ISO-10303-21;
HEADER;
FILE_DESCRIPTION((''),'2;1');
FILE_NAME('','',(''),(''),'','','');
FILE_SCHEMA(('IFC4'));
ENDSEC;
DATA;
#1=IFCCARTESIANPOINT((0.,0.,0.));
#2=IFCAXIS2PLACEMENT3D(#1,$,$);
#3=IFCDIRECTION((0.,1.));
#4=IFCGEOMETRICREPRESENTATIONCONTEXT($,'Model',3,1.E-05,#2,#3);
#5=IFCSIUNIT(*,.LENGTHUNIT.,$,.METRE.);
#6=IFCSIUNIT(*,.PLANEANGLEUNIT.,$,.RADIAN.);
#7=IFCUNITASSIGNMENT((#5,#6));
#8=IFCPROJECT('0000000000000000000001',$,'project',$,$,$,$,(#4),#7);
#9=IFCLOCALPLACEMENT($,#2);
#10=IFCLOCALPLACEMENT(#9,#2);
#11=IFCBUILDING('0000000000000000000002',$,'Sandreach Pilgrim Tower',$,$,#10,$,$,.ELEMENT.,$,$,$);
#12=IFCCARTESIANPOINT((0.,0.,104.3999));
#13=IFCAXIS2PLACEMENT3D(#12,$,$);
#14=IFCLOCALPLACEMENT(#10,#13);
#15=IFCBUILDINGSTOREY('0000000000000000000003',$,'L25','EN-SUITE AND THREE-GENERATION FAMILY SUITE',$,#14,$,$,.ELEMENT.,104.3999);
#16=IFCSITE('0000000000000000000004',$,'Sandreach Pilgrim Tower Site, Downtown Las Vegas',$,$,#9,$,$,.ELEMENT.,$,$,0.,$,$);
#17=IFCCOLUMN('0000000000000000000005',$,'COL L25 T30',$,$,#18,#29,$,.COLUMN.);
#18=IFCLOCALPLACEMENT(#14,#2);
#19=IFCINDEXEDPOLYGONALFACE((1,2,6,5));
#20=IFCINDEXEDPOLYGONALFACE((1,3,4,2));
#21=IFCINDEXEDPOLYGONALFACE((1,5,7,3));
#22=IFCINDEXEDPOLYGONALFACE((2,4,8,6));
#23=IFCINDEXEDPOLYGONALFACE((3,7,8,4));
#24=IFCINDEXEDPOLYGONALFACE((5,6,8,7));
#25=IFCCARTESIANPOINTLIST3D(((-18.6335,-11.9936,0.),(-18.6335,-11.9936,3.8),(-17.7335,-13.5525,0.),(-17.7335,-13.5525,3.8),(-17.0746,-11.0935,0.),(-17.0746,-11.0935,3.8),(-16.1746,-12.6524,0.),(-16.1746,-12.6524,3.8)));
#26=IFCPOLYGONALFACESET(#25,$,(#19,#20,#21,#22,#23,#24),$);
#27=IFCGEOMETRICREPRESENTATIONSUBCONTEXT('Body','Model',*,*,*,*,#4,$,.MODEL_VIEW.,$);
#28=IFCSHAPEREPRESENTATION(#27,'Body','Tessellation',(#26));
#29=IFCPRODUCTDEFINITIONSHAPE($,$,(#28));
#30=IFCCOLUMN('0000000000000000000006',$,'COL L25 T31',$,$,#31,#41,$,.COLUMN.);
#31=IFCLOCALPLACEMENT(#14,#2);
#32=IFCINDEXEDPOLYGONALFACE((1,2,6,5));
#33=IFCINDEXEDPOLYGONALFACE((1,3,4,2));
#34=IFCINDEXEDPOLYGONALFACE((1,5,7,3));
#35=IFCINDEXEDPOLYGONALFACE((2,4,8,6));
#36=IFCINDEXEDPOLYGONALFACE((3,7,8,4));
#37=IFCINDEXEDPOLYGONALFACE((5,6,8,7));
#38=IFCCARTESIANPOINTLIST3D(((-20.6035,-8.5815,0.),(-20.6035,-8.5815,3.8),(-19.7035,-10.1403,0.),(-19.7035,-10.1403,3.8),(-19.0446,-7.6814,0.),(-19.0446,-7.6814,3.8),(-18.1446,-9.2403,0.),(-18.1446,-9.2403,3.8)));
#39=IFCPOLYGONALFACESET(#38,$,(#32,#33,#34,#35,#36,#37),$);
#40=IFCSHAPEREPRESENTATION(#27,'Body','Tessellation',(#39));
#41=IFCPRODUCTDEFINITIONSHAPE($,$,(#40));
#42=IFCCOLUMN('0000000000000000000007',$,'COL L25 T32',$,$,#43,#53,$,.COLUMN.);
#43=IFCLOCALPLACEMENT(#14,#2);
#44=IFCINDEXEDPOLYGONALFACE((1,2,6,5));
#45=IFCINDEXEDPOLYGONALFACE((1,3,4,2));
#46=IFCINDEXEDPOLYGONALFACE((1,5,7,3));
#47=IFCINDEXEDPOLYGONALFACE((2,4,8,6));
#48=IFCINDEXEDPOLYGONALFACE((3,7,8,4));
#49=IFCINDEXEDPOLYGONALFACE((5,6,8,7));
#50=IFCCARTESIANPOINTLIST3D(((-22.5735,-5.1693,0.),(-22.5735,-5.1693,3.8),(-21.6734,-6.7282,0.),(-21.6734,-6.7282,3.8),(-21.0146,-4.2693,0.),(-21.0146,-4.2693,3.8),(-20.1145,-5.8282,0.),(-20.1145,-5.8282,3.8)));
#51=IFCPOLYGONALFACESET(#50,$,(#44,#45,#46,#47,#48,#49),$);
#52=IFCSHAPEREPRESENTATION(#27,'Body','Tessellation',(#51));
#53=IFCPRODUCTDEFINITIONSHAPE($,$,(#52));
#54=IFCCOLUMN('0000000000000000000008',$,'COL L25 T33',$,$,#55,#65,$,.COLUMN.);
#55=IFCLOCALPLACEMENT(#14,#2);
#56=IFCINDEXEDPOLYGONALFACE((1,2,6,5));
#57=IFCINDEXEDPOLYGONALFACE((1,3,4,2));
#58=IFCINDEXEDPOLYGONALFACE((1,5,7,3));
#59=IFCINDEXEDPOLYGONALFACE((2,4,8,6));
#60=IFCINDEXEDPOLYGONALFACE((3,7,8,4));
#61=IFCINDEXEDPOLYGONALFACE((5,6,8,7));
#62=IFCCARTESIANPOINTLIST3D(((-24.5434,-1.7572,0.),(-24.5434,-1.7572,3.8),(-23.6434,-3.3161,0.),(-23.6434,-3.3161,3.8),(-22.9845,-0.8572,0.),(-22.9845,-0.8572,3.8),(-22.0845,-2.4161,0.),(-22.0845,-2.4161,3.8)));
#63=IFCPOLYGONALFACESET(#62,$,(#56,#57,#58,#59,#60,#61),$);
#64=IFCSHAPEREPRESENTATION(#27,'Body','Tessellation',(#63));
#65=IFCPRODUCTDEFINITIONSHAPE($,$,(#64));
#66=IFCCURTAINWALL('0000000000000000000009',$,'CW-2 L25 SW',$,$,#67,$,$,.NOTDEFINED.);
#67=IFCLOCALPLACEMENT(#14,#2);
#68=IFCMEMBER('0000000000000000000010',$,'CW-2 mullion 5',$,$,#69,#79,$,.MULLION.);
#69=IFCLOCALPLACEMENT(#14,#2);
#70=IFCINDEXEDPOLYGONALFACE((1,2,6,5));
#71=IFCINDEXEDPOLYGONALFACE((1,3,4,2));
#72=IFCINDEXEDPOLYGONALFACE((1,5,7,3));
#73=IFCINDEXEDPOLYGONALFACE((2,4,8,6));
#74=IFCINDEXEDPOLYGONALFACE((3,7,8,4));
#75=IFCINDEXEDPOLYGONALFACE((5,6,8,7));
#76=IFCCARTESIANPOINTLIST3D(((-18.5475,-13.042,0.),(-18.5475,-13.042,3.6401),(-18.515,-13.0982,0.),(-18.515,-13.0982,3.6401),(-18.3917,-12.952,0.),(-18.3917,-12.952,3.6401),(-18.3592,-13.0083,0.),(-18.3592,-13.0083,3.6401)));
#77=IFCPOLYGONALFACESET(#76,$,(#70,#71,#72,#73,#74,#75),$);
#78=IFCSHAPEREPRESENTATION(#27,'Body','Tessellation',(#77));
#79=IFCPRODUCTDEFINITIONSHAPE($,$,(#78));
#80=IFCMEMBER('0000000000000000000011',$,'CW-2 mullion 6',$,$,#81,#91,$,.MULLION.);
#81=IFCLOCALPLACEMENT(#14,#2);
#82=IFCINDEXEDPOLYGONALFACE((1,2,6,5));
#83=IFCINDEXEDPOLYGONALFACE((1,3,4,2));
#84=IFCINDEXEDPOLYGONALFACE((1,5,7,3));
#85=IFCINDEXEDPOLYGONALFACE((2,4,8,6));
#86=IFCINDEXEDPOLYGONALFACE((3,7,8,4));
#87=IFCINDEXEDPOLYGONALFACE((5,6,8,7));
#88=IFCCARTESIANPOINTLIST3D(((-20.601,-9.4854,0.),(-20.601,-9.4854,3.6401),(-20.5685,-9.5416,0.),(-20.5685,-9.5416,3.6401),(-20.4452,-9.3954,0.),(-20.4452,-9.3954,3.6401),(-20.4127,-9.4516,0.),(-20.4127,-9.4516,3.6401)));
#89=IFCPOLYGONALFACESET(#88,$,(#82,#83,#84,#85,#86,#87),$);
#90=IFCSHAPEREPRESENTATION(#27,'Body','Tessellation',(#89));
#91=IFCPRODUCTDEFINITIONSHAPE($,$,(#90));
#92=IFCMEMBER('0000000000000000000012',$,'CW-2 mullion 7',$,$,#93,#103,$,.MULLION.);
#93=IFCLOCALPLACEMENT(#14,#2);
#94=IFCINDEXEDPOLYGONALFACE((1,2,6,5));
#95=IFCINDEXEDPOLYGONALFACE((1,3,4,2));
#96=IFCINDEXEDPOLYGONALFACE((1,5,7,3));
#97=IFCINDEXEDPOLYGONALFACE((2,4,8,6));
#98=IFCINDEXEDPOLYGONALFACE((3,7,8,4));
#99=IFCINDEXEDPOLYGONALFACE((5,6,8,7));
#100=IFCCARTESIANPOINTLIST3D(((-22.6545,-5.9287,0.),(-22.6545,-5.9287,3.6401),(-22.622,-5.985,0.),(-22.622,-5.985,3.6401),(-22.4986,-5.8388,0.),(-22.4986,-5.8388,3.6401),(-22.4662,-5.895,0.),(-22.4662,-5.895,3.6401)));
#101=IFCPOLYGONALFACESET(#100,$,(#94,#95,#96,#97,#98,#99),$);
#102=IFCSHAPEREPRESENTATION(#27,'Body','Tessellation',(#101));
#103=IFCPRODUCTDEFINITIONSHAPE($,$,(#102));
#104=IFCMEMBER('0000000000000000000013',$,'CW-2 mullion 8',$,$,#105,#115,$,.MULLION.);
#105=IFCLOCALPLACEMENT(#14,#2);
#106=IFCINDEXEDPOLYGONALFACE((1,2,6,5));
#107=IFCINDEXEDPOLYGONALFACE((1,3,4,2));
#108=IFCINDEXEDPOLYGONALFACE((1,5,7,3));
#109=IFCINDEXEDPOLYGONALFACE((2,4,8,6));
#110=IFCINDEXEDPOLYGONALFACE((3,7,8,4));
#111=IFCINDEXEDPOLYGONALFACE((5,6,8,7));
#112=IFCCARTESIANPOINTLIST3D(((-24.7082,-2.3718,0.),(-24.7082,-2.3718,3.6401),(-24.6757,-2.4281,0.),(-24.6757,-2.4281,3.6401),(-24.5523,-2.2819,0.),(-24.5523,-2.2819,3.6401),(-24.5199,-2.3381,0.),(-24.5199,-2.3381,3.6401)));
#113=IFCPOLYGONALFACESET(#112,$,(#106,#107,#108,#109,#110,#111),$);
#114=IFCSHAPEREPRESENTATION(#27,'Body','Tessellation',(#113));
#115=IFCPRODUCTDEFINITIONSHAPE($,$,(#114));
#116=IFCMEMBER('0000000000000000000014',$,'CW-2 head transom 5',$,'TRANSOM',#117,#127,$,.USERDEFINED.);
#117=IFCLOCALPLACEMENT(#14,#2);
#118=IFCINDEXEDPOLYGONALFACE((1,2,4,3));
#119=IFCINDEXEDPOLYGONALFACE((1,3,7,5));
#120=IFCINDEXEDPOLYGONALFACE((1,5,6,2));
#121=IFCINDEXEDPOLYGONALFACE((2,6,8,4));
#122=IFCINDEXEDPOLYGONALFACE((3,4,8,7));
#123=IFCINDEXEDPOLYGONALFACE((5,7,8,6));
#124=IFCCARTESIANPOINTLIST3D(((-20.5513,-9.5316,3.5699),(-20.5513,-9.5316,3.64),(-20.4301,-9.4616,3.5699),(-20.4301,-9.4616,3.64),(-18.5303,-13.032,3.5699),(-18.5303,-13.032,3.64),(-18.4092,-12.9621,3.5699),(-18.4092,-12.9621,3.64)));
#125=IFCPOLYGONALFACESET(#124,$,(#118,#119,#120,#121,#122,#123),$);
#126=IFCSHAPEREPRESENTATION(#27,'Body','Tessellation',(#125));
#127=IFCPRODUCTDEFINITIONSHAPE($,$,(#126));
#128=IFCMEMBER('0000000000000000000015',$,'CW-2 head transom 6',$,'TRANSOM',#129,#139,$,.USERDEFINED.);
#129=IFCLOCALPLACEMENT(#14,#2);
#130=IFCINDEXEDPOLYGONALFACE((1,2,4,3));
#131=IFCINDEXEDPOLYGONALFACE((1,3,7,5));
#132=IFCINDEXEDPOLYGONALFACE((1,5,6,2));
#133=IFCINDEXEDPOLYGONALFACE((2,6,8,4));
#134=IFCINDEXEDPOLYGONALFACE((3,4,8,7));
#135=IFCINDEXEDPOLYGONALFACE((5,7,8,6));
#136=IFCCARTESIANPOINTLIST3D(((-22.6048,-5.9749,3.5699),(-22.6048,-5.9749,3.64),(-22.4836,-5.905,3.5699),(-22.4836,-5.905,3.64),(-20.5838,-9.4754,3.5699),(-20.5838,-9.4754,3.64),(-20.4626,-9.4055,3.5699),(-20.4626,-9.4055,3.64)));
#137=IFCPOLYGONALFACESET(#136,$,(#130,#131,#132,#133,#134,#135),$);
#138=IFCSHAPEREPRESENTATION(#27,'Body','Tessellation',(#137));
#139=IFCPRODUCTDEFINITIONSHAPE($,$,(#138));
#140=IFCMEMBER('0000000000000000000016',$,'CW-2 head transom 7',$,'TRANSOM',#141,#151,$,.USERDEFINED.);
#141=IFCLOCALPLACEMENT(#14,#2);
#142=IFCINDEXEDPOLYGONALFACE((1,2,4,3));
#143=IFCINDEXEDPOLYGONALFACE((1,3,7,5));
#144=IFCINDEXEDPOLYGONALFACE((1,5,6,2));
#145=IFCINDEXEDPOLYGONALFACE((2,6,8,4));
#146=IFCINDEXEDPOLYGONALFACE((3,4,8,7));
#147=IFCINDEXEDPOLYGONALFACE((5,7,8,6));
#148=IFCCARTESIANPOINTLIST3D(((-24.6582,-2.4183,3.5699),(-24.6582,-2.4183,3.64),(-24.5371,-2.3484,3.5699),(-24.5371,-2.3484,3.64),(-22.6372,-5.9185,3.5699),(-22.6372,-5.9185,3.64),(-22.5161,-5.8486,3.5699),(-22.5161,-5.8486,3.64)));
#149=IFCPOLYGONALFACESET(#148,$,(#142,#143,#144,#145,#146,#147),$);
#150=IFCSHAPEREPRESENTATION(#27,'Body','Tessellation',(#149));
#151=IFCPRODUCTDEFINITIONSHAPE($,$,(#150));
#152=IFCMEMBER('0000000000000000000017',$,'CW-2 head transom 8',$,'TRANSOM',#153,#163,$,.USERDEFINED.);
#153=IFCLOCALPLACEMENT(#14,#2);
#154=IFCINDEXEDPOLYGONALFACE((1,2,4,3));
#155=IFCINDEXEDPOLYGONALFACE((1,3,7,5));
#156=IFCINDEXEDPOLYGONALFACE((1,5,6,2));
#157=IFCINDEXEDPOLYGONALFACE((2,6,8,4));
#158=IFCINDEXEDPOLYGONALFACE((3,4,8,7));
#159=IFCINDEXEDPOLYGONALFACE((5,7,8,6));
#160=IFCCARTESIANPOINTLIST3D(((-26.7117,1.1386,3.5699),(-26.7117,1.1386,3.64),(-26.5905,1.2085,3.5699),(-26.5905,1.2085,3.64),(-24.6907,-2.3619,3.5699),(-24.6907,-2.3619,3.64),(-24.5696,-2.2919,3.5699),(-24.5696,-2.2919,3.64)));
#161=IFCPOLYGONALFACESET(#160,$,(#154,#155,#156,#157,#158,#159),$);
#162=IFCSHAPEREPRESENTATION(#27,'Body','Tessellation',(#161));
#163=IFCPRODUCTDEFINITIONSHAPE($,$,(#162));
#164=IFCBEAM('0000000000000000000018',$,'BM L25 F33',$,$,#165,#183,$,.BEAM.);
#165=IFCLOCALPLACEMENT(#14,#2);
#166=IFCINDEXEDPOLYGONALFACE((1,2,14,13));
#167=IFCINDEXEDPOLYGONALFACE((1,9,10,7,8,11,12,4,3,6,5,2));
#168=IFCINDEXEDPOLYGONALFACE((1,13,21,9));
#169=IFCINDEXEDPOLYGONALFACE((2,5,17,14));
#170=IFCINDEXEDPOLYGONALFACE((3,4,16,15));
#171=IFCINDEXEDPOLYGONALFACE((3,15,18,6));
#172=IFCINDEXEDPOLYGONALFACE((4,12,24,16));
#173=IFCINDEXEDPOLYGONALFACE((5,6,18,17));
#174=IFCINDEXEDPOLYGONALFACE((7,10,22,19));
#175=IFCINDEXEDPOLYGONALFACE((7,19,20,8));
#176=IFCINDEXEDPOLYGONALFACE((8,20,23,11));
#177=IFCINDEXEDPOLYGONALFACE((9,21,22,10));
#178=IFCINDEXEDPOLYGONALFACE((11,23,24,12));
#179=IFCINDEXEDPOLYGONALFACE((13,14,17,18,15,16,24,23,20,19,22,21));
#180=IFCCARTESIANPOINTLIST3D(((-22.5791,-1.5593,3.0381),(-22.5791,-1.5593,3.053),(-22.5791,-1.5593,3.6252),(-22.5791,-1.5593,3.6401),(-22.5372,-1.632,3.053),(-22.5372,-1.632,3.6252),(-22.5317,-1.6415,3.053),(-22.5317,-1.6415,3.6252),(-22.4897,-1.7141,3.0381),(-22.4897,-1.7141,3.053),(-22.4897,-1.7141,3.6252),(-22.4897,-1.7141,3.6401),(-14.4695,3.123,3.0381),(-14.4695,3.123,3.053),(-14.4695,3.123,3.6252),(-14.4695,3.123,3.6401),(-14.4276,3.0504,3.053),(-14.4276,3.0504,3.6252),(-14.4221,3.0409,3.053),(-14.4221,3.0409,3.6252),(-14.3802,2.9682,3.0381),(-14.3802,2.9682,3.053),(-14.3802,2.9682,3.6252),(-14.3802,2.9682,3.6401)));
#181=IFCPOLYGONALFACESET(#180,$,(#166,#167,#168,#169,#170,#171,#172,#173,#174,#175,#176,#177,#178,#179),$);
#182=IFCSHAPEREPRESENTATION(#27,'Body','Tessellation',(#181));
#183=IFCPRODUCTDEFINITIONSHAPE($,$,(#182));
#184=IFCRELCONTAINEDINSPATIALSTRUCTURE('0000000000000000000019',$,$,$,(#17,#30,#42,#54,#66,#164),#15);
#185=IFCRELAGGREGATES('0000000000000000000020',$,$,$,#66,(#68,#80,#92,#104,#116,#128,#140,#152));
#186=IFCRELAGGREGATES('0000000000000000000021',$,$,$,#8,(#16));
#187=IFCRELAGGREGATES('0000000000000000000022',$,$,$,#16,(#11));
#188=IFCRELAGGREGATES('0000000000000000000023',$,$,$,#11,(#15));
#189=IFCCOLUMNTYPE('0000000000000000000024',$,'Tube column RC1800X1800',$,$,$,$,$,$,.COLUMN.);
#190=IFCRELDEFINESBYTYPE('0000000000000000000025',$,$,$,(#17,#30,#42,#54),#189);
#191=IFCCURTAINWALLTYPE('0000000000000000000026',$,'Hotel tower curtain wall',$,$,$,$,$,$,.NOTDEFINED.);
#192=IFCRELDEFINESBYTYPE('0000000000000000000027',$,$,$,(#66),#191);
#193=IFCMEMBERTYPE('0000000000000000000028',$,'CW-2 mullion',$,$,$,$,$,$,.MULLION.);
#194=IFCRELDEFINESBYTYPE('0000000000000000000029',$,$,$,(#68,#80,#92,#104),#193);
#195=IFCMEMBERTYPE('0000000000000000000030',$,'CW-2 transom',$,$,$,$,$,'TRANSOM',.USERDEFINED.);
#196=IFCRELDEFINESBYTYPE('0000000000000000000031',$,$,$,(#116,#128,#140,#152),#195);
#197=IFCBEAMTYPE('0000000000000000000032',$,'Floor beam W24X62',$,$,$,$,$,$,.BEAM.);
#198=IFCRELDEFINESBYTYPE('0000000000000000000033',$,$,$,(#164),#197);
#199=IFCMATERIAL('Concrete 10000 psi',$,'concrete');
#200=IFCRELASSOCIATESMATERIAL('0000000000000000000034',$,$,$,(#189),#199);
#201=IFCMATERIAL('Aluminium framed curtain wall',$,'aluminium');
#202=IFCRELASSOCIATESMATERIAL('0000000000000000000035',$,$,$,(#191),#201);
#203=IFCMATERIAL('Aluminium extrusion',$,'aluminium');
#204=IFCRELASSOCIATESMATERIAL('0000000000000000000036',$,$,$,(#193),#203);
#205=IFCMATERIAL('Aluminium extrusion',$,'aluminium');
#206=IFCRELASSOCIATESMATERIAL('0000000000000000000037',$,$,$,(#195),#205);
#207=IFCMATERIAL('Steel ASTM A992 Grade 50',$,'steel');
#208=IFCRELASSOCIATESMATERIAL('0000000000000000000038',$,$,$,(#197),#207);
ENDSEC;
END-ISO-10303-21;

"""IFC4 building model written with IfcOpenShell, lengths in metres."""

from ifc_helpers import new_model, si_unit, direction, frame, origin, origin_2d, place, context, subcontext, project, spatial, rectangle, i_section, extrude, material, material_profile, profile_set, type_object, element, aggregate, save


model = new_model("IFC4")

# Units and contexts
model_context = context("Model", 3, precision=1e-05, world=origin(), true_north=direction((0.0, 1.0)))
body_context = subcontext(model_context, "Body", "Model", "MODEL_VIEW")
ifc_project = project(units=[si_unit("LENGTHUNIT", "METRE"), si_unit("PLANEANGLEUNIT", "RADIAN")], contexts=[model_context])

# Site, building, storey
site_placement = place(None, origin())
site = spatial("IfcSite", under=ifc_project, at=site_placement, Name="Sandreach Pilgrim Tower Site, Downtown Las Vegas", CompositionType="ELEMENT", RefElevation=0.0)
building_placement = place(site_placement, origin())
building = spatial("IfcBuilding", under=site, at=building_placement, Name="Sandreach Pilgrim Tower", CompositionType="ELEMENT")
storey_placement = place(building_placement, frame((0.0, 0.0, 104.3999)))
storey = spatial("IfcBuildingStorey", under=building, at=storey_placement, Name="L25", Description="EN-SUITE AND THREE-GENERATION FAMILY SUITE", CompositionType="ELEMENT", Elevation=104.3999)

# Columns
ifc_material_1 = material(Name="Concrete 10000 psi", Category="concrete")
ifc_material_profile_1 = material_profile(ifc_material_1, rectangle(XDim=1.8, YDim=1.8, at=origin_2d()), Name="RC1800X1800")
ifc_profile_set_1 = profile_set([ifc_material_profile_1], Name="Concrete 10000 psi")
column_type = type_object("IfcColumnType", Name="Tube column RC1800X1800", PredefinedType="COLUMN", material=ifc_profile_set_1)
for number, where, z_axis, x_axis, name in (
    (1, (-17.4041, -12.323, 0.0), (0.0, 0.0, 1.0), (-0.866025, -0.5, 0.0), "COL L25 T30"),
    (2, (-19.374, -8.9109, 0.0), (0.0, 0.0, 1.0), (-0.866025, -0.5, 0.0), "COL L25 T31"),
    (3, (-21.344, -5.4988, 0.0), (0.0, 0.0, 1.0), (-0.866025, -0.5, 0.0), "COL L25 T32"),
    (4, (-23.314, -2.0867, 0.0), (0.0, 0.0, 1.0), (-0.866025, -0.5, 0.0), "COL L25 T33"),
):
    element("IfcColumn", number, at=place(storey_placement, frame(where, z_axis=z_axis, x_axis=x_axis)), inside=storey, type_object=column_type, Name=name, PredefinedType="COLUMN", context=body_context, shape_type="SweptSolid", body=[
        extrude(rectangle(XDim=1.8, YDim=1.8, at=origin_2d()), origin(), (0.0, 0.0, 1.0), 3.8),
    ])

# Curtain wall, members
ifc_material_2 = material(Name="Aluminium framed curtain wall", Category="aluminium")
curtain_wall_type = type_object("IfcCurtainWallType", Name="Hotel tower curtain wall", PredefinedType="NOTDEFINED", material=ifc_material_2)
curtain_wall_placement = place(storey_placement, origin())
curtain_wall = element("IfcCurtainWall", 5, at=curtain_wall_placement, inside=storey, type_object=curtain_wall_type, Name="CW-2 L25 SW", PredefinedType="NOTDEFINED")
ifc_material_3 = material(Name="Aluminium extrusion", Category="aluminium")
ifc_material_profile_2 = material_profile(ifc_material_3, rectangle(XDim=0.0649, YDim=0.1799, at=origin_2d()), Name="CW-2M 65X180")
ifc_profile_set_2 = profile_set([ifc_material_profile_2], Name="Aluminium extrusion")
member_type_1 = type_object("IfcMemberType", Name="CW-2 mullion", PredefinedType="MULLION", material=ifc_profile_set_2)
member_1_placement = place(storey_placement, frame((-18.4534, -13.0251, 0.0), z_axis=(0.0, 0.0, 1.0), x_axis=(-0.5, 0.866025, 0.0)))
member_1 = element("IfcMember", 6, at=member_1_placement, type_object=member_type_1, Name="CW-2 mullion 5", PredefinedType="MULLION", context=body_context, shape_type="SweptSolid", body=[
    extrude(rectangle(XDim=0.0649, YDim=0.1799, at=origin_2d()), origin(), (0.0, 0.0, 1.0), 3.6401),
])
member_2_placement = place(storey_placement, frame((-20.5068, -9.4685, 0.0), z_axis=(0.0, 0.0, 1.0), x_axis=(-0.5, 0.866025, 0.0)))
member_2 = element("IfcMember", 7, at=member_2_placement, type_object=member_type_1, Name="CW-2 mullion 6", PredefinedType="MULLION", context=body_context, shape_type="SweptSolid", body=[
    extrude(rectangle(XDim=0.0649, YDim=0.1799, at=origin_2d()), origin(), (0.0, 0.0, 1.0), 3.6401),
])
member_3_placement = place(storey_placement, frame((-22.5603, -5.9119, 0.0), z_axis=(0.0, 0.0, 1.0), x_axis=(-0.5, 0.866025, 0.0)))
member_3 = element("IfcMember", 8, at=member_3_placement, type_object=member_type_1, Name="CW-2 mullion 7", PredefinedType="MULLION", context=body_context, shape_type="SweptSolid", body=[
    extrude(rectangle(XDim=0.0649, YDim=0.1799, at=origin_2d()), origin(), (0.0, 0.0, 1.0), 3.6401),
])
member_4_placement = place(storey_placement, frame((-24.614, -2.355, 0.0), z_axis=(0.0, 0.0, 1.0), x_axis=(-0.5, 0.866025, 0.0)))
member_4 = element("IfcMember", 9, at=member_4_placement, type_object=member_type_1, Name="CW-2 mullion 8", PredefinedType="MULLION", context=body_context, shape_type="SweptSolid", body=[
    extrude(rectangle(XDim=0.0649, YDim=0.1799, at=origin_2d()), origin(), (0.0, 0.0, 1.0), 3.6401),
])
ifc_material_4 = material(Name="Aluminium extrusion", Category="aluminium")
ifc_material_profile_3 = material_profile(ifc_material_4, rectangle(XDim=0.1399, YDim=0.0701, at=origin_2d()), Name="CW-2T 140X70")
ifc_profile_set_3 = profile_set([ifc_material_profile_3], Name="Aluminium extrusion")
member_type_2 = type_object("IfcMemberType", Name="CW-2 transom", ElementType="TRANSOM", PredefinedType="USERDEFINED", material=ifc_profile_set_3)
member_5_placement = place(storey_placement, frame((-18.4697, -12.9971, 3.605), z_axis=(-0.499998, 0.866027, 0.0), x_axis=(-0.866027, -0.499998, 0.0)))
member_5 = element("IfcMember", 10, at=member_5_placement, type_object=member_type_2, Name="CW-2 head transom 5", ObjectType="TRANSOM", PredefinedType="USERDEFINED", context=body_context, shape_type="SweptSolid", body=[
    extrude(rectangle(XDim=0.1399, YDim=0.0701, at=origin_2d()), origin(), (0.0, 0.0, 1.0), 4.042),
])
member_6_placement = place(storey_placement, frame((-20.5232, -9.4404, 3.605), z_axis=(-0.499998, 0.866027, 0.0), x_axis=(-0.866027, -0.499998, 0.0)))
member_6 = element("IfcMember", 11, at=member_6_placement, type_object=member_type_2, Name="CW-2 head transom 6", ObjectType="TRANSOM", PredefinedType="USERDEFINED", context=body_context, shape_type="SweptSolid", body=[
    extrude(rectangle(XDim=0.1399, YDim=0.0701, at=origin_2d()), origin(), (0.0, 0.0, 1.0), 4.042),
])
member_7_placement = place(storey_placement, frame((-22.5767, -5.8835, 3.605), z_axis=(-0.500024, 0.866012, 0.0), x_axis=(-0.866012, -0.500024, 0.0)))
member_7 = element("IfcMember", 12, at=member_7_placement, type_object=member_type_2, Name="CW-2 head transom 7", ObjectType="TRANSOM", PredefinedType="USERDEFINED", context=body_context, shape_type="SweptSolid", body=[
    extrude(rectangle(XDim=0.1399, YDim=0.0701, at=origin_2d()), origin(), (0.0, 0.0, 1.0), 4.0417),
])
member_8_placement = place(storey_placement, frame((-24.6301, -2.3269, 3.605), z_axis=(-0.499998, 0.866027, 0.0), x_axis=(-0.866027, -0.499998, 0.0)))
member_8 = element("IfcMember", 13, at=member_8_placement, type_object=member_type_2, Name="CW-2 head transom 8", ObjectType="TRANSOM", PredefinedType="USERDEFINED", context=body_context, shape_type="SweptSolid", body=[
    extrude(rectangle(XDim=0.1399, YDim=0.0701, at=origin_2d()), origin(), (0.0, 0.0, 1.0), 4.042),
])

# Beam
ifc_material_5 = material(Name="Steel ASTM A992 Grade 50", Category="steel")
ifc_material_profile_4 = material_profile(ifc_material_5, i_section(OverallWidth=0.1787, OverallDepth=0.6021, WebThickness=0.011, FlangeThickness=0.0149, at=origin_2d()), Name="W24X62")
ifc_profile_set_4 = profile_set([ifc_material_profile_4], Name="Steel ASTM A992 Grade 50")
beam_type_1 = type_object("IfcBeamType", Name="Floor beam W24X62", PredefinedType="BEAM", material=ifc_profile_set_4)
beam_1_placement = place(storey_placement, frame((-22.5344, -1.6367, 3.3391), z_axis=(0.866012, 0.500023, 0.0), x_axis=(-0.500023, 0.866012, 0.0)))
element("IfcBeam", 14, at=beam_1_placement, inside=storey, type_object=beam_type_1, Name="BM L25 F33", PredefinedType="BEAM", context=body_context, shape_type="SweptSolid", body=[
    extrude(i_section(OverallWidth=0.1787, OverallDepth=0.6021, WebThickness=0.011, FlangeThickness=0.0149, at=origin_2d()), origin(), (0.0, 0.0, 1.0), 9.3643),
])

aggregate(curtain_wall, [member_1, member_2, member_3, member_4, member_5, member_6, member_7, member_8])

save(model, "model.ifc")
